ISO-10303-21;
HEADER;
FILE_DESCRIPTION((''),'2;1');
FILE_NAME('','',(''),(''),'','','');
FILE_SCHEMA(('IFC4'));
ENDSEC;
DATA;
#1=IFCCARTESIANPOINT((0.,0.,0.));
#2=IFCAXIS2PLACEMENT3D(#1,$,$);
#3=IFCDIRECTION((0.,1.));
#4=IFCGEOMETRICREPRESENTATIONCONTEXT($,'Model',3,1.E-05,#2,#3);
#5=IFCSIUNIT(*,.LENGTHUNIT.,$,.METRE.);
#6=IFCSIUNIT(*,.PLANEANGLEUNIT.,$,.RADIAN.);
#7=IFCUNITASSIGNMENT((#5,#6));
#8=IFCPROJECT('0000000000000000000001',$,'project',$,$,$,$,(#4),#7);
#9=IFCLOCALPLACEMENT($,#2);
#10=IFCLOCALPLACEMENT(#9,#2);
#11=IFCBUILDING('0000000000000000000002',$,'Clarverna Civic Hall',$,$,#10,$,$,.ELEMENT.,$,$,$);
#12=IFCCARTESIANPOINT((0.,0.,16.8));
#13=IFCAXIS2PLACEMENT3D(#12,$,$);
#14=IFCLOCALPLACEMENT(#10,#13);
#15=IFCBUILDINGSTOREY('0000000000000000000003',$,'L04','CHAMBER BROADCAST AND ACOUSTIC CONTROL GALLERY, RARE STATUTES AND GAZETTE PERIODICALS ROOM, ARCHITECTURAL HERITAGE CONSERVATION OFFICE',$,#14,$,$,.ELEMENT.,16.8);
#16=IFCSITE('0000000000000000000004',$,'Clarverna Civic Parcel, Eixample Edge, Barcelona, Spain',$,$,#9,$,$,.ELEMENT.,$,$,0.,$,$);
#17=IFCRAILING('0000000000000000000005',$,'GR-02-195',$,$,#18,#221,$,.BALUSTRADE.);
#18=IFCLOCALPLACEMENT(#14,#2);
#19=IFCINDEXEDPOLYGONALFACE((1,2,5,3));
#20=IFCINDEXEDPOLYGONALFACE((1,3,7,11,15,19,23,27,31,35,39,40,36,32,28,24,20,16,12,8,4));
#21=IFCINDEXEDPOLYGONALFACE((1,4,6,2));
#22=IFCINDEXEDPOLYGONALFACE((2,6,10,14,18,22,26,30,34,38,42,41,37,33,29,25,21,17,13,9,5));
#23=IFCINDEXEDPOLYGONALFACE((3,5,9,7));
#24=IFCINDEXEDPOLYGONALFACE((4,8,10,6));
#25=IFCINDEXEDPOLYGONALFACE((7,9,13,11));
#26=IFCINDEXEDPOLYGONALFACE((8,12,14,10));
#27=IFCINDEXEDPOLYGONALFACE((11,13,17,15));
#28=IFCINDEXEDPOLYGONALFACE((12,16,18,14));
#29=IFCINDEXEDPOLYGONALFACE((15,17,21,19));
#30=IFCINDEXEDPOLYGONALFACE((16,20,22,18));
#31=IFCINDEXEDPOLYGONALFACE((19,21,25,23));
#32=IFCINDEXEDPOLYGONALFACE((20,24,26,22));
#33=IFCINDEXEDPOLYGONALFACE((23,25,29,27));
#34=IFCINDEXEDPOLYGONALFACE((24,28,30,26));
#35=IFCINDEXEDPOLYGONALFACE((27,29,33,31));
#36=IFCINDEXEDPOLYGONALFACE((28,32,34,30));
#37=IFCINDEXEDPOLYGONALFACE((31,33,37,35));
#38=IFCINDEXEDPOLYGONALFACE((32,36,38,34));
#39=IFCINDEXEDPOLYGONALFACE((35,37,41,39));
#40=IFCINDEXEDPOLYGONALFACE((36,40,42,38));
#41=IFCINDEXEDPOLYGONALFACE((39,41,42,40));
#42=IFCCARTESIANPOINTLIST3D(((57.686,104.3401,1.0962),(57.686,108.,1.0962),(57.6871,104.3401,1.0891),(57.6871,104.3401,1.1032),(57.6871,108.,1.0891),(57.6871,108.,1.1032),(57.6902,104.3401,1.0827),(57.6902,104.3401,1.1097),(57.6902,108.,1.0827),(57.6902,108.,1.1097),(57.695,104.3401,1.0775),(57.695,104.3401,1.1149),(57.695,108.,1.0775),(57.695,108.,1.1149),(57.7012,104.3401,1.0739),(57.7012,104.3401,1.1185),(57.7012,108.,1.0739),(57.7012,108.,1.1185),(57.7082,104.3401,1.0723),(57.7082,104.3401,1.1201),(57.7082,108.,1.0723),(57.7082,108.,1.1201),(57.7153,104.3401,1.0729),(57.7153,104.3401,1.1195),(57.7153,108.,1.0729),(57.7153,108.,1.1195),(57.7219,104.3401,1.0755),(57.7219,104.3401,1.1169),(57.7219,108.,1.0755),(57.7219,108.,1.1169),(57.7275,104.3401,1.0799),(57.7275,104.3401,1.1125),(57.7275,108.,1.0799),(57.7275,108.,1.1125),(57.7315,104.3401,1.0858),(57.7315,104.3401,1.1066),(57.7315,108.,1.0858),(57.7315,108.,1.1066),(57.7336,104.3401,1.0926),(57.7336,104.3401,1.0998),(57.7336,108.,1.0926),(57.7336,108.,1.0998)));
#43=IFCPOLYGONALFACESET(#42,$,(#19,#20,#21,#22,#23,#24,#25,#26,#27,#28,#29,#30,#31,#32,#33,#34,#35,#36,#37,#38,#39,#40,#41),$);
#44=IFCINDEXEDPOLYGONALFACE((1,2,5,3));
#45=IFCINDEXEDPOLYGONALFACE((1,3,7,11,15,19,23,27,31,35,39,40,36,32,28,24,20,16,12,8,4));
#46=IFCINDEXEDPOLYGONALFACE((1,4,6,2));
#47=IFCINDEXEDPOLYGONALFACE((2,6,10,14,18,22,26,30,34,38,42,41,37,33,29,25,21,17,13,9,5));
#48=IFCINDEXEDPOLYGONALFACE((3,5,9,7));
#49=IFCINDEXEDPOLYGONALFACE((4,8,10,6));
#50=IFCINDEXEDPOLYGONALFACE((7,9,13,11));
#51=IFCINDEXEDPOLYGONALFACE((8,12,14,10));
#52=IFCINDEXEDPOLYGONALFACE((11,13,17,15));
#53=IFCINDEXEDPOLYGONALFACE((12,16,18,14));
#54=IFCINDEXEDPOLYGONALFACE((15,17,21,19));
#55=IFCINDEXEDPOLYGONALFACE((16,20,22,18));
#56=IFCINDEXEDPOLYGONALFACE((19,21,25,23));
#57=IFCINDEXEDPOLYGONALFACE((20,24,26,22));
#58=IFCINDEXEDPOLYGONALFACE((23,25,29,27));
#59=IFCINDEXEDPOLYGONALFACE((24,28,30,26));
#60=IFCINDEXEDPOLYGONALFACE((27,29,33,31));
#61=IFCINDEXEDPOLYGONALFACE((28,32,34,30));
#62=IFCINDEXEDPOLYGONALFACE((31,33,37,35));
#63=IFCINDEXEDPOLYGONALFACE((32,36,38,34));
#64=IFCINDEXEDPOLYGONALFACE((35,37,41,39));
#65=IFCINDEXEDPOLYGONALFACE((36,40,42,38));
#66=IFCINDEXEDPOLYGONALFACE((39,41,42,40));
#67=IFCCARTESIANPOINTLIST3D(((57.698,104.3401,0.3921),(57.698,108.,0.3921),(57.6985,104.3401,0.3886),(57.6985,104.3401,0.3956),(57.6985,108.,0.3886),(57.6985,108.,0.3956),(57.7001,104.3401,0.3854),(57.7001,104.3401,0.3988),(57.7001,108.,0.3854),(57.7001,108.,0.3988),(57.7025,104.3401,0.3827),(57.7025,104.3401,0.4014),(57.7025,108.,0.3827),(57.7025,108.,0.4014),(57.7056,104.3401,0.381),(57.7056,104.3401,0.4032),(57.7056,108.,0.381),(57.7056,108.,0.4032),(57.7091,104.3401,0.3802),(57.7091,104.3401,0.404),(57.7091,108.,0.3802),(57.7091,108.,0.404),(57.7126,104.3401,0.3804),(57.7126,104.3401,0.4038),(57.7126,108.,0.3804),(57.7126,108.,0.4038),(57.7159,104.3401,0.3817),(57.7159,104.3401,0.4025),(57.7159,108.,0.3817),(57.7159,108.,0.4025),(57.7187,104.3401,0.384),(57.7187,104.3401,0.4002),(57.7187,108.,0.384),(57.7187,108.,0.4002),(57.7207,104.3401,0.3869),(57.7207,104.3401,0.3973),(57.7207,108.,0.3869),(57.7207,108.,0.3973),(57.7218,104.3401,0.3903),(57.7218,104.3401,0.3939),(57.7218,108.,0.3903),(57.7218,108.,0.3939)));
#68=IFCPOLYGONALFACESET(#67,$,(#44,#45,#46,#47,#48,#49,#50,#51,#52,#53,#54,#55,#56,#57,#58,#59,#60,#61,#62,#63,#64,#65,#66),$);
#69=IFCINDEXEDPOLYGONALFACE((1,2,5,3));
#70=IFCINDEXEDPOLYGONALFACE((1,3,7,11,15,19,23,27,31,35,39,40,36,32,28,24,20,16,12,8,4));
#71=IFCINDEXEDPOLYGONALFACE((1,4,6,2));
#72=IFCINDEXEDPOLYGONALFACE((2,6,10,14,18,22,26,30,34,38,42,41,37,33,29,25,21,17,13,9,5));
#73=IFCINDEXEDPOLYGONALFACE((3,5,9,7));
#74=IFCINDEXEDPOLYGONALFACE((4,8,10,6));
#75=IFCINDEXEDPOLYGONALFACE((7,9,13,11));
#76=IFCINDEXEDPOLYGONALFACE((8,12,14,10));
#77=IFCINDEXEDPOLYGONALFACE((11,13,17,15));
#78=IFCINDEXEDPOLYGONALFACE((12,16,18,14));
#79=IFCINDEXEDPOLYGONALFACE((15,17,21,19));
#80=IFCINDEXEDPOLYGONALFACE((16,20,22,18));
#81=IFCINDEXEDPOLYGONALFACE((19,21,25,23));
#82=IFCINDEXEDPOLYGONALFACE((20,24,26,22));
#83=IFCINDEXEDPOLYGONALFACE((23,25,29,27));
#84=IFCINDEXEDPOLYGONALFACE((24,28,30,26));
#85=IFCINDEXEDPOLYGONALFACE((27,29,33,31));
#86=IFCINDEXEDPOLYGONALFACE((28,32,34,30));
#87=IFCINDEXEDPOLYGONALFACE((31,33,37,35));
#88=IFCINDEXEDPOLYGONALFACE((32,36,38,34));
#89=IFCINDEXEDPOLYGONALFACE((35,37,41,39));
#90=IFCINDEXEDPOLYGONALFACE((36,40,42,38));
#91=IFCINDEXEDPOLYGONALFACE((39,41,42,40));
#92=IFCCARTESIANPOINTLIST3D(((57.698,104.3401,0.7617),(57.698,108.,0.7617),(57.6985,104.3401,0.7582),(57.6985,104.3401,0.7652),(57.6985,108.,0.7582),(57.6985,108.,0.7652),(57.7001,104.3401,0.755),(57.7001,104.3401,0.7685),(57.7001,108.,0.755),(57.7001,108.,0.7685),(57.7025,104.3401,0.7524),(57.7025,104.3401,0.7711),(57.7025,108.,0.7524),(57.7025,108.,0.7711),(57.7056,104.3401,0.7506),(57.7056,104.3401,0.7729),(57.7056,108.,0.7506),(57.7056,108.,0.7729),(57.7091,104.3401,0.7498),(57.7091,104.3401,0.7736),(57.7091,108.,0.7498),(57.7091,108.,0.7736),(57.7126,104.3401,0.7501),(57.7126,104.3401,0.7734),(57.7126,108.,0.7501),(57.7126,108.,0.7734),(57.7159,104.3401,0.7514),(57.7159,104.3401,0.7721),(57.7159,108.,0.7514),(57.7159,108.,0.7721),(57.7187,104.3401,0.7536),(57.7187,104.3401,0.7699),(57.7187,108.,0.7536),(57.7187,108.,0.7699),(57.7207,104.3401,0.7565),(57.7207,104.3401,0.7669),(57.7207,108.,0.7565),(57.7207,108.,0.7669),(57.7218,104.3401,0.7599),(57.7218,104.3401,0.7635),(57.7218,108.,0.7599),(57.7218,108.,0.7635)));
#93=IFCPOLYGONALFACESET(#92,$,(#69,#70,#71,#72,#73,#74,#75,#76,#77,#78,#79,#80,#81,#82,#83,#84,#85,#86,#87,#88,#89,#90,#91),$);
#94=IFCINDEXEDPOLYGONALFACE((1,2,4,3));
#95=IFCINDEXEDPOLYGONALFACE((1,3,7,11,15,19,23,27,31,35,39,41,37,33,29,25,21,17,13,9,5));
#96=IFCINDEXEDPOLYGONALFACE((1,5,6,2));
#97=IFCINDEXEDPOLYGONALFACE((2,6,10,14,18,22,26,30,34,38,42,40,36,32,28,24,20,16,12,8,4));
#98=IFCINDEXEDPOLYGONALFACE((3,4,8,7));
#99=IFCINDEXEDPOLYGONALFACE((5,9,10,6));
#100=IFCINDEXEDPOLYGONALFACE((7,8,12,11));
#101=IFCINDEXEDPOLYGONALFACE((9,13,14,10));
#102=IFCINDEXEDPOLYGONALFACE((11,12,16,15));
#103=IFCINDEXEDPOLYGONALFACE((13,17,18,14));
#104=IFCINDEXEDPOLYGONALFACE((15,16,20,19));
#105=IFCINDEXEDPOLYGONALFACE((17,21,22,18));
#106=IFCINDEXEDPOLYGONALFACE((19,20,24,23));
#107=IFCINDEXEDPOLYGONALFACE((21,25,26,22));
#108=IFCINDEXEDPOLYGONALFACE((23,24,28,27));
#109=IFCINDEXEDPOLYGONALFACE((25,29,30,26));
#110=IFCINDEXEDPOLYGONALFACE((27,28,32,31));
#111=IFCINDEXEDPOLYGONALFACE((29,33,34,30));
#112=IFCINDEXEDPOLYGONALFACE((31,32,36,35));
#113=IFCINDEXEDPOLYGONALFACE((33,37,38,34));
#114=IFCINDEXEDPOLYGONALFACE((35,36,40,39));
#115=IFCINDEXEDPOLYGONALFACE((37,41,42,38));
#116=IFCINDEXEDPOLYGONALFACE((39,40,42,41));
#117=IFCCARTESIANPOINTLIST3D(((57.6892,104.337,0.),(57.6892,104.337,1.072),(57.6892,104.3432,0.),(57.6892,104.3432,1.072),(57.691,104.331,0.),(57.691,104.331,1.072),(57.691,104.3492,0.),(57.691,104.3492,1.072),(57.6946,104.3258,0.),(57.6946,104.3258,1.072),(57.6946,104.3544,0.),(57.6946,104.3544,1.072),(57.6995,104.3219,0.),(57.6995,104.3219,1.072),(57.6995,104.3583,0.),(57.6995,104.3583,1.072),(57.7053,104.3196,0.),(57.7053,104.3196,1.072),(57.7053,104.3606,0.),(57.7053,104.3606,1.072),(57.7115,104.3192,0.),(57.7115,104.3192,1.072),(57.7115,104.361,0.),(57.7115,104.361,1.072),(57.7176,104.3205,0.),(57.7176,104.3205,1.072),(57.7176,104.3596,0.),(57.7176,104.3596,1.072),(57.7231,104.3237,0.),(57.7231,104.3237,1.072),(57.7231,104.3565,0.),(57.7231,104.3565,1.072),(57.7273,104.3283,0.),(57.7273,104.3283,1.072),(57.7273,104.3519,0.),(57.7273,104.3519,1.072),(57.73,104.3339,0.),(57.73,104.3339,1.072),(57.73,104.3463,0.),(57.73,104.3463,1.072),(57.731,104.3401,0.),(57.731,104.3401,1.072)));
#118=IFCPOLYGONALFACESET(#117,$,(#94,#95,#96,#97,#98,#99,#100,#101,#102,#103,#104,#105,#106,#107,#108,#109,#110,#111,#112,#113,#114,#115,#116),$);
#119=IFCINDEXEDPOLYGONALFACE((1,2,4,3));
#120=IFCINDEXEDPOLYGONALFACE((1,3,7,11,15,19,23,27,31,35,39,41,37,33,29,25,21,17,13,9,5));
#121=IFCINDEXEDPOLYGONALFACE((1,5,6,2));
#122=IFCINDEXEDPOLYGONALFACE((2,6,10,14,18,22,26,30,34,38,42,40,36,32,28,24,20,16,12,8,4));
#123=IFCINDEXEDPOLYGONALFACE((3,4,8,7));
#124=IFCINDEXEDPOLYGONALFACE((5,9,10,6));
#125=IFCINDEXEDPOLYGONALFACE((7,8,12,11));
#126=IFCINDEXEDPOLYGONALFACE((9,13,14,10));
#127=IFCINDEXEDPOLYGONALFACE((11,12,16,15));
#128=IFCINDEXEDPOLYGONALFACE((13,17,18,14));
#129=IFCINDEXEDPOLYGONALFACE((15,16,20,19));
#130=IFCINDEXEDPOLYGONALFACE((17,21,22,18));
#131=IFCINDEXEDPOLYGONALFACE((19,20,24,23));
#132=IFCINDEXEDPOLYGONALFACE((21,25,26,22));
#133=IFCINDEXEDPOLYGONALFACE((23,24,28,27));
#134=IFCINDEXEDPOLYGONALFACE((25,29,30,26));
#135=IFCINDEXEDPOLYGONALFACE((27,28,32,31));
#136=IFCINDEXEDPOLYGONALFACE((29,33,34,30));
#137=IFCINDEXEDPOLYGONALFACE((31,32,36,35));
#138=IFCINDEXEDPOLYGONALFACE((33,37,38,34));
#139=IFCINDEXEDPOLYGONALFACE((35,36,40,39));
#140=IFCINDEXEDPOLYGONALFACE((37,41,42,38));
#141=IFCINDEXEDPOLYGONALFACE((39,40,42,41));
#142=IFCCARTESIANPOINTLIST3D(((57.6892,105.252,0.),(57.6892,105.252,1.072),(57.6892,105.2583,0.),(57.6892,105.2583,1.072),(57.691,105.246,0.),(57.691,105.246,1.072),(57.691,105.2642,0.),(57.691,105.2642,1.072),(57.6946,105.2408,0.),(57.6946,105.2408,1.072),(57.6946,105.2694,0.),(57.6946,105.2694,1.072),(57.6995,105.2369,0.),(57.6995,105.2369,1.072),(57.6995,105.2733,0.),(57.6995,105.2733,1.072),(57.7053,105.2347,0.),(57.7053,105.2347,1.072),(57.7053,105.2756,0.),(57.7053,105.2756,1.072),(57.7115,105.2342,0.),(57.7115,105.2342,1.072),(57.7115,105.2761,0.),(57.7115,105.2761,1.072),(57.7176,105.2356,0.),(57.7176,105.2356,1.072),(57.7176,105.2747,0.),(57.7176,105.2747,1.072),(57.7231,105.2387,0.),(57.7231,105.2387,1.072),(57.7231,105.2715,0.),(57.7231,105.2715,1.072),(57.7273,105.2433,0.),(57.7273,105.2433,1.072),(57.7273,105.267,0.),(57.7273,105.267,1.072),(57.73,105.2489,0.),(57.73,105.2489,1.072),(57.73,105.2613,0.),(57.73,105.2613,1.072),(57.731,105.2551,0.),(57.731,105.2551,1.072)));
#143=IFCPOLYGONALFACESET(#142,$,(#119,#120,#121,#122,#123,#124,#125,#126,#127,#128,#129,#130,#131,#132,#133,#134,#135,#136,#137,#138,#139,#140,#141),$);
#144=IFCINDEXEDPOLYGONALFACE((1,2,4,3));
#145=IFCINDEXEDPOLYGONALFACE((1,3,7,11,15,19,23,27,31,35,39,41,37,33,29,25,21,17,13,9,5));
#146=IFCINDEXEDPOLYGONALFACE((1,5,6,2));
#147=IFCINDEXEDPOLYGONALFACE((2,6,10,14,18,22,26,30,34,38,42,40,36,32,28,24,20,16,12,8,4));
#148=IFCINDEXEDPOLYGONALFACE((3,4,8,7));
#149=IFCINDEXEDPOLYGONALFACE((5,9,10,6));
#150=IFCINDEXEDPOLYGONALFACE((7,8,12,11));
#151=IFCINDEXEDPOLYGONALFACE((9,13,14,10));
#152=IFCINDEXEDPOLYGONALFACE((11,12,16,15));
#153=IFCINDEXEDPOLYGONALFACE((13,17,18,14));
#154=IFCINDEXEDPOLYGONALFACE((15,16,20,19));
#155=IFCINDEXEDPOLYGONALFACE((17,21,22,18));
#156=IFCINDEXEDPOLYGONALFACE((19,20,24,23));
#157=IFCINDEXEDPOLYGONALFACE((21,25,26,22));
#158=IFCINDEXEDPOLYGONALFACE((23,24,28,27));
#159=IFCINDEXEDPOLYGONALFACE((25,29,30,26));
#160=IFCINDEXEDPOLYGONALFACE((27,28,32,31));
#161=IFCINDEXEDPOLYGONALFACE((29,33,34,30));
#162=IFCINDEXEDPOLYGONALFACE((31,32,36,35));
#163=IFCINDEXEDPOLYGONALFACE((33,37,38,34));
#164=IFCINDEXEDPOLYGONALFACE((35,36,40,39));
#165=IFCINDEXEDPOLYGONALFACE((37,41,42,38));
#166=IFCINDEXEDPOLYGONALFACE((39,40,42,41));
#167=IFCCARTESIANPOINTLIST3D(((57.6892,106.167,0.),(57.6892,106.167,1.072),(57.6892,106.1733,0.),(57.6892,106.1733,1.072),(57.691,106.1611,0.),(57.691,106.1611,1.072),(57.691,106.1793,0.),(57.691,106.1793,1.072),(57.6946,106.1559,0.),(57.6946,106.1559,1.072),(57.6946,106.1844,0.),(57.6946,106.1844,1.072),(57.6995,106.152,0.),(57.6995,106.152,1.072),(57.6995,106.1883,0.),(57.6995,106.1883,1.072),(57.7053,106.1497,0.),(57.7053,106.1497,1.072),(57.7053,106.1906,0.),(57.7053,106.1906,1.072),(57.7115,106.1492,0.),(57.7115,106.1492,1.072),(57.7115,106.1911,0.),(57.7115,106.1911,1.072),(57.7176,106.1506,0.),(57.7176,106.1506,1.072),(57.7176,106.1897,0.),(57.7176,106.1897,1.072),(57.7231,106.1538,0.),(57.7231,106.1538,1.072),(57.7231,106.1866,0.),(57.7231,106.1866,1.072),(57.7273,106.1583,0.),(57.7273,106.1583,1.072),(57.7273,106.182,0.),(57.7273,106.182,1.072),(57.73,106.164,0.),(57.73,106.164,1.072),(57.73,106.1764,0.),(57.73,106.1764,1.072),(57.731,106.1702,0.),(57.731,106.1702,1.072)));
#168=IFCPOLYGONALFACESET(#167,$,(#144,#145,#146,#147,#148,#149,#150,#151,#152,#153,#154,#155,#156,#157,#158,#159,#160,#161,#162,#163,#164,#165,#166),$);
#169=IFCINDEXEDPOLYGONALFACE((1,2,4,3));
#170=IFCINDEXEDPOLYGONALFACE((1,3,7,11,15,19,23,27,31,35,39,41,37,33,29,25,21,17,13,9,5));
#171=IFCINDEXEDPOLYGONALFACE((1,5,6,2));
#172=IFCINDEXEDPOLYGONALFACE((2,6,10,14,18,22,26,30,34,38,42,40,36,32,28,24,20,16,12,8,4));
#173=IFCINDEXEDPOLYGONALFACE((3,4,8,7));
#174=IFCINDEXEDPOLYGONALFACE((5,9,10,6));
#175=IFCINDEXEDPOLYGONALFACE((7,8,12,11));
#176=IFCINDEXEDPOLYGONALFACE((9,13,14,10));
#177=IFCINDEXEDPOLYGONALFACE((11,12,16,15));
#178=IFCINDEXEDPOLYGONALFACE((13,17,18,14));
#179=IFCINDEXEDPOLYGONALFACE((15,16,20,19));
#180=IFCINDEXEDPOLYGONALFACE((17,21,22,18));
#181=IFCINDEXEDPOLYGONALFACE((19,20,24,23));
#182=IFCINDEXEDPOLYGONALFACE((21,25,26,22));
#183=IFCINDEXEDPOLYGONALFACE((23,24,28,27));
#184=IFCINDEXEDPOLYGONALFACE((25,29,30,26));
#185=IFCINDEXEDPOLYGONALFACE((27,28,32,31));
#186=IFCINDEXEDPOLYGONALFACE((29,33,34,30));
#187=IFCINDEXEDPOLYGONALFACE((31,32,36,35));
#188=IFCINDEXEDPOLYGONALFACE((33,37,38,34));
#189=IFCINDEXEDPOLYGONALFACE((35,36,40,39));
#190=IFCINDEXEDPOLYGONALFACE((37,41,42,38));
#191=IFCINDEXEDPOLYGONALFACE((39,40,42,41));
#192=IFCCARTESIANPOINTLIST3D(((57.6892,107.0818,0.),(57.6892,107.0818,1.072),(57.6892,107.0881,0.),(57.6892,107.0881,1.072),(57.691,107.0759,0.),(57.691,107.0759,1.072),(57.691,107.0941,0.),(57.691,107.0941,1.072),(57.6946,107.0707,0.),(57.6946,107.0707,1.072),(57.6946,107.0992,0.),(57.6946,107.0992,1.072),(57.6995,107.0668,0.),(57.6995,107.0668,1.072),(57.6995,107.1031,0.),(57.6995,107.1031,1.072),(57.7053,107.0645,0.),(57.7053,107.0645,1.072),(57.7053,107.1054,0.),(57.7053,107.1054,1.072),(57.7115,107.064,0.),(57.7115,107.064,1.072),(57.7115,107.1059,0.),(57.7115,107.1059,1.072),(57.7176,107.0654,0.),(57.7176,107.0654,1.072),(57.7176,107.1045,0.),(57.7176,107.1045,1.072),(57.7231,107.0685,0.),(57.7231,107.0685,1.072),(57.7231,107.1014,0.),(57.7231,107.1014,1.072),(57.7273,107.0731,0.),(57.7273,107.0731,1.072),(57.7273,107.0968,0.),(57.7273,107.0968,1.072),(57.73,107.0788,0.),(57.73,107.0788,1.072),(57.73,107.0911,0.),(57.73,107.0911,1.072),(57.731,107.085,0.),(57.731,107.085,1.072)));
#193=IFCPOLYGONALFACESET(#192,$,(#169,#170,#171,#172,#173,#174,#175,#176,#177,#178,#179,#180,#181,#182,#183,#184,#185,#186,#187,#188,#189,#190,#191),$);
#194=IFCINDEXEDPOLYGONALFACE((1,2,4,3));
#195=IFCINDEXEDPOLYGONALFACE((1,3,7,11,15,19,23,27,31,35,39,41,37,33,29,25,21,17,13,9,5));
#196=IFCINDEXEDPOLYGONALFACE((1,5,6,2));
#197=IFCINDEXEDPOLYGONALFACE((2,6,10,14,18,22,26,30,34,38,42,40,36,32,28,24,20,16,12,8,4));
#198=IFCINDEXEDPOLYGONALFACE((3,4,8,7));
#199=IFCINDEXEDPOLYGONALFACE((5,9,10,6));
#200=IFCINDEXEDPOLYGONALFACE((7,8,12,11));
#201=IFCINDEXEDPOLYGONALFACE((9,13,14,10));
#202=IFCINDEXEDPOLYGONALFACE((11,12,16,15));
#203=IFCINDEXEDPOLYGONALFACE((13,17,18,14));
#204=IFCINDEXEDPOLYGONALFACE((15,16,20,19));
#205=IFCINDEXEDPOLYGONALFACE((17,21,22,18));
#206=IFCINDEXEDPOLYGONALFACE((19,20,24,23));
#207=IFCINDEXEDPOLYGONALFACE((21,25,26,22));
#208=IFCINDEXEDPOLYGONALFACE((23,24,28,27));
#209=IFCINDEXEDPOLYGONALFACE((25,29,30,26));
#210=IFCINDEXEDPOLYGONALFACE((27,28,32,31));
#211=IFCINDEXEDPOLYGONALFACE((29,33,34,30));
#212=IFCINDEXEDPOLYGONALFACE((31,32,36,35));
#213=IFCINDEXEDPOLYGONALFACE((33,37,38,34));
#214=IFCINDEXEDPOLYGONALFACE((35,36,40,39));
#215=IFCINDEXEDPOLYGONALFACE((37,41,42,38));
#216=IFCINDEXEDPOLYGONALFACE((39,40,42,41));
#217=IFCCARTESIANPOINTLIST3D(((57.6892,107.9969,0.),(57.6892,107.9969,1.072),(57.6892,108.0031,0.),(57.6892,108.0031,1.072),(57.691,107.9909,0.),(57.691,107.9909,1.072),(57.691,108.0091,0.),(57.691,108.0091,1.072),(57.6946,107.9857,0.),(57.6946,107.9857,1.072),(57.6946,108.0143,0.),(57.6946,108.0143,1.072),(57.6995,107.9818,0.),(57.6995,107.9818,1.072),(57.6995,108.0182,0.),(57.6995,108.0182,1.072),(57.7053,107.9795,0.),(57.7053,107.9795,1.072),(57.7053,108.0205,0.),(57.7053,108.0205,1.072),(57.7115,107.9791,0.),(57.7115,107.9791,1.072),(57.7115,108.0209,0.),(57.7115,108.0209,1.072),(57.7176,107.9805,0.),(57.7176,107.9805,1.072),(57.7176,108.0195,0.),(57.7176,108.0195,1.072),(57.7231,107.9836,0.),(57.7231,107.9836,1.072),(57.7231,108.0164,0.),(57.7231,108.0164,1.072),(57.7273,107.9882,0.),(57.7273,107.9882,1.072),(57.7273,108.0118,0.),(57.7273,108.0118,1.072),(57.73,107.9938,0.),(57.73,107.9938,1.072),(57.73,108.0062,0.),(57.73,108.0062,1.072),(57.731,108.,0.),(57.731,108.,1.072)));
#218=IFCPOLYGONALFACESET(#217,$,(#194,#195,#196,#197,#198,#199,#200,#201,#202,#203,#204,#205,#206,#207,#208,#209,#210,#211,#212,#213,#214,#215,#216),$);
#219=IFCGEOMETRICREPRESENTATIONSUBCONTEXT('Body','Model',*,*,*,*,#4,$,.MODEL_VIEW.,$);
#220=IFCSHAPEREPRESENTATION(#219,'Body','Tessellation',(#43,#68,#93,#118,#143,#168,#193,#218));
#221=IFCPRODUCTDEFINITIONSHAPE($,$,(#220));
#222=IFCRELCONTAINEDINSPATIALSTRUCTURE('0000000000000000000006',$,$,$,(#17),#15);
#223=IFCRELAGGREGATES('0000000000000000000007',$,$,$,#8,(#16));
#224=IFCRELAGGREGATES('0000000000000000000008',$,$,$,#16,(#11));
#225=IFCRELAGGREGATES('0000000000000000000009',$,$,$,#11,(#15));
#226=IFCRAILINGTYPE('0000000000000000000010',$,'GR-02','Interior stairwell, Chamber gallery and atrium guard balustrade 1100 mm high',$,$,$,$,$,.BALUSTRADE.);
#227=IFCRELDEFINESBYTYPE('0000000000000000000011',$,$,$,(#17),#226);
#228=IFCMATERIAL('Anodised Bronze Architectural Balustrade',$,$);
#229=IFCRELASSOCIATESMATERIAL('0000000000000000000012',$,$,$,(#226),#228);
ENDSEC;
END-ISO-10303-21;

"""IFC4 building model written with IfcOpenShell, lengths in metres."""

from ifc_helpers import new_model, si_unit, direction, frame, origin, origin_2d, place, context, subcontext, project, spatial, circle, extrude, material, type_object, element, save


model = new_model("IFC4")

# Units and contexts
model_context = context("Model", 3, precision=1e-05, world=origin(), true_north=direction((0.0, 1.0)))
body_context = subcontext(model_context, "Body", "Model", "MODEL_VIEW")
ifc_project = project(units=[si_unit("LENGTHUNIT", "METRE"), si_unit("PLANEANGLEUNIT", "RADIAN")], contexts=[model_context])

# Site, building, storey
site_placement = place(None, origin())
site = spatial("IfcSite", under=ifc_project, at=site_placement, Name="Clarverna Civic Parcel, Eixample Edge, Barcelona, Spain", CompositionType="ELEMENT", RefElevation=0.0)
building_placement = place(site_placement, origin())
building = spatial("IfcBuilding", under=site, at=building_placement, Name="Clarverna Civic Hall", CompositionType="ELEMENT")
storey_placement = place(building_placement, frame((0.0, 0.0, 16.8)))
storey = spatial("IfcBuildingStorey", under=building, at=storey_placement, Name="L04", Description="CHAMBER BROADCAST AND ACOUSTIC CONTROL GALLERY, RARE STATUTES AND GAZETTE PERIODICALS ROOM, ARCHITECTURAL HERITAGE CONSERVATION OFFICE", CompositionType="ELEMENT", Elevation=16.8)

# Railing
ifc_material_1 = material(Name="Anodised Bronze Architectural Balustrade")
railing_type = type_object("IfcRailingType", Name="GR-02", Description="Interior stairwell, Chamber gallery and atrium guard balustrade 1100 mm high", PredefinedType="BALUSTRADE", material=ifc_material_1)
railing_placement = place(storey_placement, frame((57.71, 104.3401, 0.0)))
element("IfcRailing", 1, at=railing_placement, inside=storey, type_object=railing_type, Name="GR-02-195", PredefinedType="BALUSTRADE", context=body_context, shape_type="SweptSolid", body=[
    extrude(circle(Radius=0.0239, at=origin_2d()), frame((0.0, 0.0, 1.0962), z_axis=(0.0, 1.0, 0.0), x_axis=(-1.0, 0.0, 0.0)), (0.0, 0.0, 1.0), 3.6599),
    extrude(circle(Radius=0.012, at=origin_2d()), frame((0.0, 0.0, 0.3921), z_axis=(0.0, 1.0, 0.0), x_axis=(-1.0, 0.0, 0.0)), (0.0, 0.0, 1.0), 3.6599),
    extrude(circle(Radius=0.012, at=origin_2d()), frame((0.0, 0.0, 0.7617), z_axis=(0.0, 1.0, 0.0), x_axis=(-1.0, 0.0, 0.0)), (0.0, 0.0, 1.0), 3.6599),
    extrude(circle(Radius=0.021, at=origin_2d()), origin(), (0.0, 0.0, 1.0), 1.072),
    extrude(circle(Radius=0.021, at=origin_2d()), frame((0.0, 0.915, 0.0)), (0.0, 0.0, 1.0), 1.072),
    extrude(circle(Radius=0.021, at=origin_2d()), frame((0.0, 1.8301, 0.0)), (0.0, 0.0, 1.0), 1.072),
    extrude(circle(Radius=0.021, at=origin_2d()), frame((0.0, 2.7449, 0.0)), (0.0, 0.0, 1.0), 1.072),
    extrude(circle(Radius=0.021, at=origin_2d()), frame((0.0, 3.6599, 0.0)), (0.0, 0.0, 1.0), 1.072),
])

save(model, "model.ifc")
